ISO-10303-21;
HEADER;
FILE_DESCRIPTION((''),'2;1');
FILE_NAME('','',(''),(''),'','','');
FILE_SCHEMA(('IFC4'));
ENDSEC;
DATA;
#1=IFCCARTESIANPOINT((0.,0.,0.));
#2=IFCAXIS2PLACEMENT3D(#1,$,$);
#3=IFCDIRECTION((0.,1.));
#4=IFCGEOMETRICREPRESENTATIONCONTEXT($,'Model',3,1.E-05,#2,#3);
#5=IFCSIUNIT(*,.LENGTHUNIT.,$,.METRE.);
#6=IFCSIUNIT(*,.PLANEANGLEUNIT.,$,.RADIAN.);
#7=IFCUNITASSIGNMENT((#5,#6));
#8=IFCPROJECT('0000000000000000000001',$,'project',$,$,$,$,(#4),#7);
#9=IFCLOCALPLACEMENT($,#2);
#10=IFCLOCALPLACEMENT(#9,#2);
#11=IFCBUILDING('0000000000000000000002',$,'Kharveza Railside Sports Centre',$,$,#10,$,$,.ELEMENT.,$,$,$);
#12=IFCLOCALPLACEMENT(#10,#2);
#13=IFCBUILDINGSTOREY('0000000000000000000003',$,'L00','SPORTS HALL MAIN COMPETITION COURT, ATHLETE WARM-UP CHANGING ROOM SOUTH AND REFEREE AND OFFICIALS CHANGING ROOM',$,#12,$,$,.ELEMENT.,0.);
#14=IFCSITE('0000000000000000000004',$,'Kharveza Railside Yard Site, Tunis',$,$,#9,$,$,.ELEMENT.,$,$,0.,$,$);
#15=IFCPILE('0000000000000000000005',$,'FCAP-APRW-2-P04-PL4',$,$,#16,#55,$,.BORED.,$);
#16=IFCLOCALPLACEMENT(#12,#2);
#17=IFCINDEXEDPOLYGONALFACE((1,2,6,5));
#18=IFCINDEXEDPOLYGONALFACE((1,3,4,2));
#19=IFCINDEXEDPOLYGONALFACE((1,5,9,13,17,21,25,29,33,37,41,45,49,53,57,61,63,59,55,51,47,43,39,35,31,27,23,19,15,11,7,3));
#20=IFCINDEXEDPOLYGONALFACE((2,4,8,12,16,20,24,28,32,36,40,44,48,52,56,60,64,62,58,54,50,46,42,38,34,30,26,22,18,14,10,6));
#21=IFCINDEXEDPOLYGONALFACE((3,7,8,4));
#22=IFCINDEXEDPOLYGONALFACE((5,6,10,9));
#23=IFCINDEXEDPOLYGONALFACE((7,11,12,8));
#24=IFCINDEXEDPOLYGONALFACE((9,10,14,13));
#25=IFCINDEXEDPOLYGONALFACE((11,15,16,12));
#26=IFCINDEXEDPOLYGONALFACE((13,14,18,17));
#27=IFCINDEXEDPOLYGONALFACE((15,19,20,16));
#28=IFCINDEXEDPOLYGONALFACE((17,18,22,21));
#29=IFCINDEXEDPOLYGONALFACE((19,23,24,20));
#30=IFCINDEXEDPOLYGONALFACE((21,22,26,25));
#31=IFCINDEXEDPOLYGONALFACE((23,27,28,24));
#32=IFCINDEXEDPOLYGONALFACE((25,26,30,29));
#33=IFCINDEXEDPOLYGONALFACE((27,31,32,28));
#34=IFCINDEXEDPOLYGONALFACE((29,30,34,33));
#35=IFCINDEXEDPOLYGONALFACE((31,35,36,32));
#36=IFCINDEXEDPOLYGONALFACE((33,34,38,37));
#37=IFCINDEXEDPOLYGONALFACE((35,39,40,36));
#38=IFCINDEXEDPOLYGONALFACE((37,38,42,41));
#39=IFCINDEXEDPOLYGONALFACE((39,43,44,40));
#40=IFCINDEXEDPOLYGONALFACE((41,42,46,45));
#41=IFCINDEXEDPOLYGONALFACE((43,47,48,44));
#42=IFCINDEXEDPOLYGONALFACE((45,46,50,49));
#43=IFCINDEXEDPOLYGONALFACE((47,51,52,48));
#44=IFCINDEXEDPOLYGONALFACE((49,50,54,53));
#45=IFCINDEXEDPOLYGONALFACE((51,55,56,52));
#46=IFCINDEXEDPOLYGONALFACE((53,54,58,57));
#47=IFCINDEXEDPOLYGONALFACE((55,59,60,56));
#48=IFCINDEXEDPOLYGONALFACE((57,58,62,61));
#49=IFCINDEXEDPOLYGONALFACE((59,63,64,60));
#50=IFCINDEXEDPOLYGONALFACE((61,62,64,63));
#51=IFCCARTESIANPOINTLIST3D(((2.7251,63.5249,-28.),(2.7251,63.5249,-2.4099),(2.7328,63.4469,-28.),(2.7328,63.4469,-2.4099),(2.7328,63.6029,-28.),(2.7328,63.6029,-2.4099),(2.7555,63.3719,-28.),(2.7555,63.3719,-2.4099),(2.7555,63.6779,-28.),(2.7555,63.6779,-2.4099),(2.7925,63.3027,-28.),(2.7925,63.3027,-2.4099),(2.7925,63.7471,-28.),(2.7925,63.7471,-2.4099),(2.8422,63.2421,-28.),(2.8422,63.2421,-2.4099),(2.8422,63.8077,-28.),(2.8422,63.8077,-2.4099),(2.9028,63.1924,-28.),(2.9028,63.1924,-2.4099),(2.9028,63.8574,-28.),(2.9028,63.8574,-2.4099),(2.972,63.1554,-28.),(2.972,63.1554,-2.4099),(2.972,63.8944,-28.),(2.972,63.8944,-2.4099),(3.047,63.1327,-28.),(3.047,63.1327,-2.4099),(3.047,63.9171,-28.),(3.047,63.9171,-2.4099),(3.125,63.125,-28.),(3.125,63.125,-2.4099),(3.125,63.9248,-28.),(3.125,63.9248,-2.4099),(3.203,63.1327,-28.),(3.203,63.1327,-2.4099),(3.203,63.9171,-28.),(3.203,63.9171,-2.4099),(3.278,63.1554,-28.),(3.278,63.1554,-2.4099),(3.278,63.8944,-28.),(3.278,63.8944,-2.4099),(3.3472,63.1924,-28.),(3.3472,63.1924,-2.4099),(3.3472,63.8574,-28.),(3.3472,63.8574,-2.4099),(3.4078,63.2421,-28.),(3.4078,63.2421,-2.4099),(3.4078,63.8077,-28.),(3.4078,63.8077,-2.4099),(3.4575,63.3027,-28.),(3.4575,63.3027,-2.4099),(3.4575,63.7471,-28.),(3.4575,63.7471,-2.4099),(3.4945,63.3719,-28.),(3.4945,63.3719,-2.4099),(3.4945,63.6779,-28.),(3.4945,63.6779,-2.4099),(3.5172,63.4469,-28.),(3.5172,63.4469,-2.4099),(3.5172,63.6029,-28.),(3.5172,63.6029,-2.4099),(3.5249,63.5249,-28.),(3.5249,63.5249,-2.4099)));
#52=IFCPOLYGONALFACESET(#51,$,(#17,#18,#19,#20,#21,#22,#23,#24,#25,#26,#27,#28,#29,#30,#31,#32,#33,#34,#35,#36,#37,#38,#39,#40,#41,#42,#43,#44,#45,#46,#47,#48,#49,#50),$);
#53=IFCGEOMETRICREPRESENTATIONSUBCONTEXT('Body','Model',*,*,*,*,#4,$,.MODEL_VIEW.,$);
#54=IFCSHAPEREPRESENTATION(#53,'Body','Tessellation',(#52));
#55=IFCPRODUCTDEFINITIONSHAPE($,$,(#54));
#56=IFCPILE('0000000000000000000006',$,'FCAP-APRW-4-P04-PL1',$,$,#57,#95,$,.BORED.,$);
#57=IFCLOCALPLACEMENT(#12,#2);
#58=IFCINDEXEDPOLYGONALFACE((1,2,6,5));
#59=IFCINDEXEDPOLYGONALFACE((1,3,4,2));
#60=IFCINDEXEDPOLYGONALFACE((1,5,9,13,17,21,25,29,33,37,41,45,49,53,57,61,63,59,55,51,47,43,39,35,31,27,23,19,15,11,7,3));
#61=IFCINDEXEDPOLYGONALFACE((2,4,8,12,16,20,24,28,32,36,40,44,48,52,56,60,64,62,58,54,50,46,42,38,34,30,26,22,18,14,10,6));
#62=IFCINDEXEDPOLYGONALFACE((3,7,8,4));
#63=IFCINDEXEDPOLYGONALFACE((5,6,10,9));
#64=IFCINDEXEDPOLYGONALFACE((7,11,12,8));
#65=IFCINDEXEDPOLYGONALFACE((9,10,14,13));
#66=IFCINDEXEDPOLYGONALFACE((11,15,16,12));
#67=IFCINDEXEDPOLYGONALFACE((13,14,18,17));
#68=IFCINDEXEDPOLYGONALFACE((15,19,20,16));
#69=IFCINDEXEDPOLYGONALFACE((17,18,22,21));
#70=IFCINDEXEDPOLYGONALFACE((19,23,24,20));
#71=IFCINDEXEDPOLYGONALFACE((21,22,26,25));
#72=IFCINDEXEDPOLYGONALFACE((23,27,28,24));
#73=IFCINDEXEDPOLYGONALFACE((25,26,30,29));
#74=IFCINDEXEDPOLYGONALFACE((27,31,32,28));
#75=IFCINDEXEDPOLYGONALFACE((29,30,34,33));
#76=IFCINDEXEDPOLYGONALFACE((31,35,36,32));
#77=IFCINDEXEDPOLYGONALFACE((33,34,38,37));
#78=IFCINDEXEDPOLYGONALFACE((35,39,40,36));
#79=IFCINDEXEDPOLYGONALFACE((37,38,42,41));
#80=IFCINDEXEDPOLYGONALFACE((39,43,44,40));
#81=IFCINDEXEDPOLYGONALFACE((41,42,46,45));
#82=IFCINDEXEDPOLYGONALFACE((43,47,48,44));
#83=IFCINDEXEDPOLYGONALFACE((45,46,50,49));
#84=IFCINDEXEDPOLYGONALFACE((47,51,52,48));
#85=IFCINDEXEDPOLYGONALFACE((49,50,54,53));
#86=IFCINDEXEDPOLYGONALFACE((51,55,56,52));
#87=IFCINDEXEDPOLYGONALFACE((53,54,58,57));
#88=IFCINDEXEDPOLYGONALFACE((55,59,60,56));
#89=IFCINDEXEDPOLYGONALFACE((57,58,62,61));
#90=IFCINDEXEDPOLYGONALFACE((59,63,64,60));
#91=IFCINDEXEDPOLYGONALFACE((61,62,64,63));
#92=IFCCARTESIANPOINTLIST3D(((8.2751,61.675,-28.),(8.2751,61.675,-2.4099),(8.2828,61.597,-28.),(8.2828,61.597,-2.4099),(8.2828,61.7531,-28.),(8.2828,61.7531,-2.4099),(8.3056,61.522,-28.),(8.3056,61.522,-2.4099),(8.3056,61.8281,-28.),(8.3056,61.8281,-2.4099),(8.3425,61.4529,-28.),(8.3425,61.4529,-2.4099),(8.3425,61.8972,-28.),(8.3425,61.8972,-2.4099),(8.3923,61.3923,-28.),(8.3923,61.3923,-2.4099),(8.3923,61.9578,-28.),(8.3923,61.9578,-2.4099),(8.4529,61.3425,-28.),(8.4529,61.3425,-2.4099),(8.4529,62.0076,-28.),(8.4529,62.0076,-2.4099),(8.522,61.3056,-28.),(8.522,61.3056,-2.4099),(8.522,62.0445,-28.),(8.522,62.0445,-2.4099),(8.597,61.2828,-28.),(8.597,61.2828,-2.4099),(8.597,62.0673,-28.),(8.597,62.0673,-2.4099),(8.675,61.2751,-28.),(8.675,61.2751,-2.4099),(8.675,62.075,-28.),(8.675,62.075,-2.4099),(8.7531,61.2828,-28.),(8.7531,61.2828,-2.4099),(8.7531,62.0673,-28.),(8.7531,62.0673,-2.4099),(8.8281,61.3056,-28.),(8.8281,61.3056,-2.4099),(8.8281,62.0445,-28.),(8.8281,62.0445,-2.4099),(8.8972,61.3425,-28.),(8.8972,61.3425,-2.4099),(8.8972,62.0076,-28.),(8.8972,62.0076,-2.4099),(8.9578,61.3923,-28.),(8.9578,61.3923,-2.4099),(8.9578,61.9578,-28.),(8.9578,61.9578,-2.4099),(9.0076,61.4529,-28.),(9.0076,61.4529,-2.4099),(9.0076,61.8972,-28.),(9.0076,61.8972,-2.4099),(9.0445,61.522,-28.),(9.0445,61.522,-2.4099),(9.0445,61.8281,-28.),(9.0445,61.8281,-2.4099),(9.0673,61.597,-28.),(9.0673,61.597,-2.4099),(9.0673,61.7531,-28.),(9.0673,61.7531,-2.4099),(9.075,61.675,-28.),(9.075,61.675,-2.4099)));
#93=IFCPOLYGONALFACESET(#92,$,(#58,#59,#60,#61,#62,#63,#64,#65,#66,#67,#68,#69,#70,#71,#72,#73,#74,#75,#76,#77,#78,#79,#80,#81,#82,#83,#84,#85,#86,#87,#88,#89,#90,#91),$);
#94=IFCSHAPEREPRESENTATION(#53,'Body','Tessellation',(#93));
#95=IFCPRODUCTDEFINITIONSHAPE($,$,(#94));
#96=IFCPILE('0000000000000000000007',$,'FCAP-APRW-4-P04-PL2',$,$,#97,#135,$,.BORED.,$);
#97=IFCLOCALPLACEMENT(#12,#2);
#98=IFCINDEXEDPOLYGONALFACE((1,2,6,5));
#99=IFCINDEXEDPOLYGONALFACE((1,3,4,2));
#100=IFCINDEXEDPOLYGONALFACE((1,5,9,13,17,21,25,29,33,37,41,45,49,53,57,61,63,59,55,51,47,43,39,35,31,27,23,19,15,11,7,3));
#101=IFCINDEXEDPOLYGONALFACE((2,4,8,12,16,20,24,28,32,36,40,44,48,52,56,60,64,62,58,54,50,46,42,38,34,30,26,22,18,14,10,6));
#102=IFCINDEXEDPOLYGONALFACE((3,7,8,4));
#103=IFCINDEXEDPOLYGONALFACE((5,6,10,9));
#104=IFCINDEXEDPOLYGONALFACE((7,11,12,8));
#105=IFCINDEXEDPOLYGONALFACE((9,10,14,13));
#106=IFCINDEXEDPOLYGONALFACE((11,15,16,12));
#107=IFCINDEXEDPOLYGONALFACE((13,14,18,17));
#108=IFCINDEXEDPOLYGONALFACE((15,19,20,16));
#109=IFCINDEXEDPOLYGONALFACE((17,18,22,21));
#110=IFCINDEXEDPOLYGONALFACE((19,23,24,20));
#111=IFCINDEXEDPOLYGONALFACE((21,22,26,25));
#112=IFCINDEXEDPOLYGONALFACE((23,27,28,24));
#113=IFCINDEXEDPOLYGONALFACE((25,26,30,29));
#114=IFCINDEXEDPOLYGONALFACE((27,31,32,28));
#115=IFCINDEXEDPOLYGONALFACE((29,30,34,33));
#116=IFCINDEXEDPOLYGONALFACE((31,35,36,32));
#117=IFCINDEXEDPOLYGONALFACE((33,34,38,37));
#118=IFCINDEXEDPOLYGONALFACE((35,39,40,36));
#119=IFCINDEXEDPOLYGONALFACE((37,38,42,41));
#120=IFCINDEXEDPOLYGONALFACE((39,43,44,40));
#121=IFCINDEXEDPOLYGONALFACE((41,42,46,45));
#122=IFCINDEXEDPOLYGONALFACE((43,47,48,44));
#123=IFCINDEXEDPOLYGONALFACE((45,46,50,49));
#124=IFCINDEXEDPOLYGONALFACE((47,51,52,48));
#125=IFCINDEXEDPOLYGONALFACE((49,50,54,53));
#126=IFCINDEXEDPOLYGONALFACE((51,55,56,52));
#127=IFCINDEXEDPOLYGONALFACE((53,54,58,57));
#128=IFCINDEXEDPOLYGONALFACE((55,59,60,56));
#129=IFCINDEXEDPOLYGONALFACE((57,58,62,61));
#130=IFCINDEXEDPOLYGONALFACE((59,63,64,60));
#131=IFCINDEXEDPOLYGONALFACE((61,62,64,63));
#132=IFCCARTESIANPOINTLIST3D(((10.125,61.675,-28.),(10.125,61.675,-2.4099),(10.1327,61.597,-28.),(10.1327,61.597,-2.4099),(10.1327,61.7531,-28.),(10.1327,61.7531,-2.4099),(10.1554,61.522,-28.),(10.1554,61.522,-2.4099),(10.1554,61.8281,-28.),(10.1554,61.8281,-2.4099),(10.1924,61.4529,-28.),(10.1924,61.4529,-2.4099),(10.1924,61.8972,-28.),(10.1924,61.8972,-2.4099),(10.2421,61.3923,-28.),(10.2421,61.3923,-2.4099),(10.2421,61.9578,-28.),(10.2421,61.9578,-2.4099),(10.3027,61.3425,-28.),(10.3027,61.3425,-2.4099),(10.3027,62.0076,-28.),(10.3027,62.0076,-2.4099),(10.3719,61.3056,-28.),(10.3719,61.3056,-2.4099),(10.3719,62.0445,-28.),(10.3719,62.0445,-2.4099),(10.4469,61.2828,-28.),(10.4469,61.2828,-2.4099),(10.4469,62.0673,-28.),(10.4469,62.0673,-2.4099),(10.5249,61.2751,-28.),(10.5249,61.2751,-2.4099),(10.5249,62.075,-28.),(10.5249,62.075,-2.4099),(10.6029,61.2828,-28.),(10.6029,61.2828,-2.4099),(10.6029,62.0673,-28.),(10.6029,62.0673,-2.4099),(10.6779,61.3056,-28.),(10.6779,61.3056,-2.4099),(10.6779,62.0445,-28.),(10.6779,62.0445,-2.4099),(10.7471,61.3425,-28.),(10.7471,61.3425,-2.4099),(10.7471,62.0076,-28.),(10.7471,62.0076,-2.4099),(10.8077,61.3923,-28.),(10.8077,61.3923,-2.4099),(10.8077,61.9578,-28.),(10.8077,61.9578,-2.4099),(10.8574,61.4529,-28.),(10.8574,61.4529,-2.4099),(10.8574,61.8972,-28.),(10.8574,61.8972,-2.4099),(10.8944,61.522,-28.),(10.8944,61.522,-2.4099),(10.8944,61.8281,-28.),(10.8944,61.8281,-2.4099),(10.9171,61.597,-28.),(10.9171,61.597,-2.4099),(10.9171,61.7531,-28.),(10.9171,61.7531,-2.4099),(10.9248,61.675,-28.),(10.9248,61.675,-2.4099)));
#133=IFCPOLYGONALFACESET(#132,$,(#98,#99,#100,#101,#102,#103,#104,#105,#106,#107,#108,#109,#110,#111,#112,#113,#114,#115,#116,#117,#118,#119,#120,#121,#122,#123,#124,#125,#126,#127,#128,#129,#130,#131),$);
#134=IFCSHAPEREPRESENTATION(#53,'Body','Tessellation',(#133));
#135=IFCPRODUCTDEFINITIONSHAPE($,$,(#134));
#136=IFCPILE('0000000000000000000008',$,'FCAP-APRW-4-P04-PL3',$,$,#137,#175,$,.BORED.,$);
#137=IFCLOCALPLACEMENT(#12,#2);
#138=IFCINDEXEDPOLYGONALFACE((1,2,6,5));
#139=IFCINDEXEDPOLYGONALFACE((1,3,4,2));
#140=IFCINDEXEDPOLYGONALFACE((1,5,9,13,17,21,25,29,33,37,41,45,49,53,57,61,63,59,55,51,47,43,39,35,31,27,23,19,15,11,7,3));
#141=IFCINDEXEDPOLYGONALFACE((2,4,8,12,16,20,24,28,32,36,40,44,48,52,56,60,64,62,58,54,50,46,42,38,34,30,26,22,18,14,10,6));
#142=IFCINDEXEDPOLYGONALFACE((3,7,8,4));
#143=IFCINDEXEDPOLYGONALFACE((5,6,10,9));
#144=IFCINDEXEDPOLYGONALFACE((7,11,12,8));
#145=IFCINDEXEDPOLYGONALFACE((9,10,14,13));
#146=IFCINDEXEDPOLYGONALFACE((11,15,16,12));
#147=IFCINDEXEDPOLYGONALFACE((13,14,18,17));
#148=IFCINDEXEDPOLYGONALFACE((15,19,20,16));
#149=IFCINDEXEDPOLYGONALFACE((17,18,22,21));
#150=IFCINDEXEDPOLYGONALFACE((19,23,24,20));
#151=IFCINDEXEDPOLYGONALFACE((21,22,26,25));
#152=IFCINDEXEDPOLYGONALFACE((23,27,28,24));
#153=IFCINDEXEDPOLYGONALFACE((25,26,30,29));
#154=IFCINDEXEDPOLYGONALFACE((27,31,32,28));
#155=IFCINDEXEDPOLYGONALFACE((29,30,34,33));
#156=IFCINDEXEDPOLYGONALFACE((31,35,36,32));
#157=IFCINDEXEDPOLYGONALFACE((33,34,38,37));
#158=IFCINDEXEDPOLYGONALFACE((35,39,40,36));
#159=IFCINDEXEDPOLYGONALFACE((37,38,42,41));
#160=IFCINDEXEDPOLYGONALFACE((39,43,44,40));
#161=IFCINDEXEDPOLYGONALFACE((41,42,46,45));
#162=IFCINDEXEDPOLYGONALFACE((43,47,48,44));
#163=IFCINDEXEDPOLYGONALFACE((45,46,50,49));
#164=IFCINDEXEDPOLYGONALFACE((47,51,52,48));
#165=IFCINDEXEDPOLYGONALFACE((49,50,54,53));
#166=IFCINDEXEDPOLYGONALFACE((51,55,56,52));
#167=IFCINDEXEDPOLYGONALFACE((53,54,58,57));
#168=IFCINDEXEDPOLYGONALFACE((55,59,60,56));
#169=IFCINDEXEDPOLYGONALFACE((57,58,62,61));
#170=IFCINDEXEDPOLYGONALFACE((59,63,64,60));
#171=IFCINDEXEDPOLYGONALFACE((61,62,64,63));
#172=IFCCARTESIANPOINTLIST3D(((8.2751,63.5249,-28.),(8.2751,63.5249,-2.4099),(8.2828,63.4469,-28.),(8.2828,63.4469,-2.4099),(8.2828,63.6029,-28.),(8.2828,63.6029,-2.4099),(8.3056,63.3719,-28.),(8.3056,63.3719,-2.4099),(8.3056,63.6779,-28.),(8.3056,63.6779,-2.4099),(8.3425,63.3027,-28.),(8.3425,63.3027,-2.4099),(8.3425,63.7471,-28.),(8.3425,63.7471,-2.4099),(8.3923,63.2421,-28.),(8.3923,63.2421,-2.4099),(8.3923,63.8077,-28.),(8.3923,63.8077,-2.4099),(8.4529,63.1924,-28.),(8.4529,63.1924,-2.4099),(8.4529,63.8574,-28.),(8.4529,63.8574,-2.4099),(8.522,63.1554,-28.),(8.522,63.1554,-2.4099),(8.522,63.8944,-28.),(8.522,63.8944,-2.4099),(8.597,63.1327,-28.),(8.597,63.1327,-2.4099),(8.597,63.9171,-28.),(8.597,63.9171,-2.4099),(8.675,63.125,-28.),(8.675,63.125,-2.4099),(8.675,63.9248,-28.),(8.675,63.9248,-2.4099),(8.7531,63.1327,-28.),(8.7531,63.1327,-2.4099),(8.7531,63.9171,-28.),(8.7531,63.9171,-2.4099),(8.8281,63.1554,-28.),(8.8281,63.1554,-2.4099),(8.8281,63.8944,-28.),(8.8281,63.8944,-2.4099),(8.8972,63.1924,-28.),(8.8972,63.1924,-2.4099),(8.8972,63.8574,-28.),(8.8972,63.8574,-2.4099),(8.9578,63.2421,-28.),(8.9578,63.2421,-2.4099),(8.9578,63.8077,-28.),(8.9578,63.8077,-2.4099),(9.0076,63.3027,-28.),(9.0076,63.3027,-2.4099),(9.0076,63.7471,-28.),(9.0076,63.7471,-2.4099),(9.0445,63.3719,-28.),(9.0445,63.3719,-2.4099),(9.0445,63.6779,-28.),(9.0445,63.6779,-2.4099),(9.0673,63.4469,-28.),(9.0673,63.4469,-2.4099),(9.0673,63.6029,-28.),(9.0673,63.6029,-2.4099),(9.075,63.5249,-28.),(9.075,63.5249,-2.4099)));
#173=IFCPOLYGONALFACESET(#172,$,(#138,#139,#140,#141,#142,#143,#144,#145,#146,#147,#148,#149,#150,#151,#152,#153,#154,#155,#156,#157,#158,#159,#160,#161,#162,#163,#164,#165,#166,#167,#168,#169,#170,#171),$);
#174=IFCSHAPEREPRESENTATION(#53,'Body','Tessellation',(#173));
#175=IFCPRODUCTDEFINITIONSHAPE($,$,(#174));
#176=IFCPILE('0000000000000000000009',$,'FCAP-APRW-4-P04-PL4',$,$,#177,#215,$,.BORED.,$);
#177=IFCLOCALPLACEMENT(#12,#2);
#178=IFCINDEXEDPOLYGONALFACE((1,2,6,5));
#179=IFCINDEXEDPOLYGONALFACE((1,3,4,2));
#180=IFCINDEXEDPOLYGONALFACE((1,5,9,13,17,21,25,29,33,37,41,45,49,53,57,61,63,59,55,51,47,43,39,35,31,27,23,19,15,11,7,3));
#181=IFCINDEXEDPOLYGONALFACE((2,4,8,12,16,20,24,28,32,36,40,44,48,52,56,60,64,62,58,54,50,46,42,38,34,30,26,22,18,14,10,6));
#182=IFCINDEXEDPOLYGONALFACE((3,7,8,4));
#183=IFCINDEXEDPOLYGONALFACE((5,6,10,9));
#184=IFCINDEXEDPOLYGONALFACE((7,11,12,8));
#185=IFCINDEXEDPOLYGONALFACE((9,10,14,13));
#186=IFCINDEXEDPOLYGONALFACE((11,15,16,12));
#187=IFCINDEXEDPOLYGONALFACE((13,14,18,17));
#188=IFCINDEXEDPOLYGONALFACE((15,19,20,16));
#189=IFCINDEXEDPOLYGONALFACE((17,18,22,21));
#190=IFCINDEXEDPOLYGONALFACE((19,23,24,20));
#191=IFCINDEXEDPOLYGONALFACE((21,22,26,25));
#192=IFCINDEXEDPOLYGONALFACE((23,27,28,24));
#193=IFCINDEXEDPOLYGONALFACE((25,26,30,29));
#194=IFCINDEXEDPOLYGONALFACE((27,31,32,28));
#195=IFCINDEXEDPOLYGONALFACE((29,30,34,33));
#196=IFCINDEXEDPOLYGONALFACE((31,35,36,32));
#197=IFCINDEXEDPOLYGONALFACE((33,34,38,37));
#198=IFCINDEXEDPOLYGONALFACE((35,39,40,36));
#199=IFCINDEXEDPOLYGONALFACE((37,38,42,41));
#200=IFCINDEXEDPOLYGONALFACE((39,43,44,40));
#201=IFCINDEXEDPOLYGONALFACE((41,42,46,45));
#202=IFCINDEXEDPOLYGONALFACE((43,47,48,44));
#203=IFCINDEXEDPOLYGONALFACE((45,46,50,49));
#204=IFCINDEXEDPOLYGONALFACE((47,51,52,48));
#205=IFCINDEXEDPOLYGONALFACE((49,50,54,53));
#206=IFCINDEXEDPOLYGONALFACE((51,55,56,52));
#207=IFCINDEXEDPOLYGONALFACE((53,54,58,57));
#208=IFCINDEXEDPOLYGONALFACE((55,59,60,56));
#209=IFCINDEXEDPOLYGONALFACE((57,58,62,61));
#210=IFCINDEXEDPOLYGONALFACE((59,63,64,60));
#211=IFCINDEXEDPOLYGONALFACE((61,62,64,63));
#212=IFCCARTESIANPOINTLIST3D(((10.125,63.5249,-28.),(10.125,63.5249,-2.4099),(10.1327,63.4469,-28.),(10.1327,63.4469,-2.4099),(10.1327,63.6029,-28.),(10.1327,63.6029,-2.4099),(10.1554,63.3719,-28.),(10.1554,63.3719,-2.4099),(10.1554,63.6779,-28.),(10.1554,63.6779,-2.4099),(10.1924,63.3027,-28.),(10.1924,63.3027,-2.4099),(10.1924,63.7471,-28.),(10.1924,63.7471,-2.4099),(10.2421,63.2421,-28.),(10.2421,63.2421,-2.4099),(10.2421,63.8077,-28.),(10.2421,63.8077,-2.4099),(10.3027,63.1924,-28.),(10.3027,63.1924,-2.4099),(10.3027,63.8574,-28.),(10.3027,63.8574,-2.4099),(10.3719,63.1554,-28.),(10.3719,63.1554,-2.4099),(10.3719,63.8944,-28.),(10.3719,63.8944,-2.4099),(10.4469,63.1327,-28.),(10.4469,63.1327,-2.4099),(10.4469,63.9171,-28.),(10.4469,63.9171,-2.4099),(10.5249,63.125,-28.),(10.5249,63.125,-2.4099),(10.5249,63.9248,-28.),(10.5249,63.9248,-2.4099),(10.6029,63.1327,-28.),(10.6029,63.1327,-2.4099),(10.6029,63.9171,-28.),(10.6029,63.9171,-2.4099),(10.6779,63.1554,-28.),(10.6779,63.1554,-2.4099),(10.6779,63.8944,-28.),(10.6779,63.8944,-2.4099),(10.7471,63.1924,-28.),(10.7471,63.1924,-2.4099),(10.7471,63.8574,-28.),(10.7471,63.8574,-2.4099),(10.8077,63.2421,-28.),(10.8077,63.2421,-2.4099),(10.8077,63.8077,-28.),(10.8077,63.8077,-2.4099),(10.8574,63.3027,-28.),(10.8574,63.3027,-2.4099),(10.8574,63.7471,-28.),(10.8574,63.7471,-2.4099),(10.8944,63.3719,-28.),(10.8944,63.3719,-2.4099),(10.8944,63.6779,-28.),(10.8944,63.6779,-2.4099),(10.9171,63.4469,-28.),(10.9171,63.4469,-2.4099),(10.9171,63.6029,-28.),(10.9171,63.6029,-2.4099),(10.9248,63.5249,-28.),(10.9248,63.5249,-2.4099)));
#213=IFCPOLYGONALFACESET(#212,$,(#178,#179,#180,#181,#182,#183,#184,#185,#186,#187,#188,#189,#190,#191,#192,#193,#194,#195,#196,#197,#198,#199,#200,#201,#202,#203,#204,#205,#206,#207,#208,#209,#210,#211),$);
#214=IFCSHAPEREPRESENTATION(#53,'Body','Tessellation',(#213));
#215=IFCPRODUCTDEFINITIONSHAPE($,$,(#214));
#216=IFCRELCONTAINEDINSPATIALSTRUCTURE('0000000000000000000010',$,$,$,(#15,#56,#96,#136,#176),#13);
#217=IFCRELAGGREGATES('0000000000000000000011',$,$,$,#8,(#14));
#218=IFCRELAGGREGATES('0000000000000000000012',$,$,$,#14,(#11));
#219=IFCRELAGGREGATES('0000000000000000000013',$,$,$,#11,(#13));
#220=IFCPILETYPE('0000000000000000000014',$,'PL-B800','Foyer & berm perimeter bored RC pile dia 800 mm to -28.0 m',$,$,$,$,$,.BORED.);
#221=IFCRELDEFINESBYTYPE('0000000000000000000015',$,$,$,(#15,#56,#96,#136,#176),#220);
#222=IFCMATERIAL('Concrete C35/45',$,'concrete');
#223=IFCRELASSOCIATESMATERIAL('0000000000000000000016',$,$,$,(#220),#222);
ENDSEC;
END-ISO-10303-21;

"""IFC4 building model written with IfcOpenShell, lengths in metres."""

from ifc_helpers import new_model, si_unit, direction, frame, origin, origin_2d, place, context, subcontext, project, spatial, circle, extrude, material, material_profile, profile_set, type_object, element, save


model = new_model("IFC4")

# Units and contexts
model_context = context("Model", 3, precision=1e-05, world=origin(), true_north=direction((0.0, 1.0)))
body_context = subcontext(model_context, "Body", "Model", "MODEL_VIEW")
ifc_project = project(units=[si_unit("LENGTHUNIT", "METRE"), si_unit("PLANEANGLEUNIT", "RADIAN")], contexts=[model_context])

# Site, building, storey
site_placement = place(None, origin())
site = spatial("IfcSite", under=ifc_project, at=site_placement, Name="Kharveza Railside Yard Site, Tunis", CompositionType="ELEMENT", RefElevation=0.0)
building_placement = place(site_placement, origin())
building = spatial("IfcBuilding", under=site, at=building_placement, Name="Kharveza Railside Sports Centre", CompositionType="ELEMENT")
storey_placement = place(building_placement, origin())
storey = spatial("IfcBuildingStorey", under=building, at=storey_placement, Name="L00", Description="SPORTS HALL MAIN COMPETITION COURT, ATHLETE WARM-UP CHANGING ROOM SOUTH AND REFEREE AND OFFICIALS CHANGING ROOM", CompositionType="ELEMENT", Elevation=0.0)

# Shared definitions
ifc_material_1 = material(Name="Concrete C35/45", Category="concrete")

# Piles
ifc_material_profile_1 = material_profile(ifc_material_1, circle(Radius=0.3999, at=origin_2d()), Name="PILE D800")
ifc_profile_set_1 = profile_set([ifc_material_profile_1], Name="Concrete C35/45")
pile_type = type_object("IfcPileType", Name="PL-B800", Description="Foyer & berm perimeter bored RC pile dia 800 mm to -28.0 m", PredefinedType="BORED", material=ifc_profile_set_1)
for number, where, z_axis, x_axis, name in (
    (1, (3.125, 63.5249, -2.4099), (0.0, 0.0, -1.0), (1.0, 0.0, 0.0), "FCAP-APRW-2-P04-PL4"),
    (2, (8.675, 61.675, -2.4099), (0.0, 0.0, -1.0), (1.0, 0.0, 0.0), "FCAP-APRW-4-P04-PL1"),
    (3, (10.5249, 61.675, -2.4099), (0.0, 0.0, -1.0), (1.0, 0.0, 0.0), "FCAP-APRW-4-P04-PL2"),
    (4, (8.675, 63.5249, -2.4099), (0.0, 0.0, -1.0), (1.0, 0.0, 0.0), "FCAP-APRW-4-P04-PL3"),
    (5, (10.5249, 63.5249, -2.4099), (0.0, 0.0, -1.0), (1.0, 0.0, 0.0), "FCAP-APRW-4-P04-PL4"),
):
    element("IfcPile", number, at=place(storey_placement, frame(where, z_axis=z_axis, x_axis=x_axis)), inside=storey, type_object=pile_type, Name=name, PredefinedType="BORED", context=body_context, shape_type="SweptSolid", body=[
        extrude(circle(Radius=0.3999, at=origin_2d()), origin(), (0.0, 0.0, 1.0), 25.5901),
    ])

save(model, "model.ifc")
